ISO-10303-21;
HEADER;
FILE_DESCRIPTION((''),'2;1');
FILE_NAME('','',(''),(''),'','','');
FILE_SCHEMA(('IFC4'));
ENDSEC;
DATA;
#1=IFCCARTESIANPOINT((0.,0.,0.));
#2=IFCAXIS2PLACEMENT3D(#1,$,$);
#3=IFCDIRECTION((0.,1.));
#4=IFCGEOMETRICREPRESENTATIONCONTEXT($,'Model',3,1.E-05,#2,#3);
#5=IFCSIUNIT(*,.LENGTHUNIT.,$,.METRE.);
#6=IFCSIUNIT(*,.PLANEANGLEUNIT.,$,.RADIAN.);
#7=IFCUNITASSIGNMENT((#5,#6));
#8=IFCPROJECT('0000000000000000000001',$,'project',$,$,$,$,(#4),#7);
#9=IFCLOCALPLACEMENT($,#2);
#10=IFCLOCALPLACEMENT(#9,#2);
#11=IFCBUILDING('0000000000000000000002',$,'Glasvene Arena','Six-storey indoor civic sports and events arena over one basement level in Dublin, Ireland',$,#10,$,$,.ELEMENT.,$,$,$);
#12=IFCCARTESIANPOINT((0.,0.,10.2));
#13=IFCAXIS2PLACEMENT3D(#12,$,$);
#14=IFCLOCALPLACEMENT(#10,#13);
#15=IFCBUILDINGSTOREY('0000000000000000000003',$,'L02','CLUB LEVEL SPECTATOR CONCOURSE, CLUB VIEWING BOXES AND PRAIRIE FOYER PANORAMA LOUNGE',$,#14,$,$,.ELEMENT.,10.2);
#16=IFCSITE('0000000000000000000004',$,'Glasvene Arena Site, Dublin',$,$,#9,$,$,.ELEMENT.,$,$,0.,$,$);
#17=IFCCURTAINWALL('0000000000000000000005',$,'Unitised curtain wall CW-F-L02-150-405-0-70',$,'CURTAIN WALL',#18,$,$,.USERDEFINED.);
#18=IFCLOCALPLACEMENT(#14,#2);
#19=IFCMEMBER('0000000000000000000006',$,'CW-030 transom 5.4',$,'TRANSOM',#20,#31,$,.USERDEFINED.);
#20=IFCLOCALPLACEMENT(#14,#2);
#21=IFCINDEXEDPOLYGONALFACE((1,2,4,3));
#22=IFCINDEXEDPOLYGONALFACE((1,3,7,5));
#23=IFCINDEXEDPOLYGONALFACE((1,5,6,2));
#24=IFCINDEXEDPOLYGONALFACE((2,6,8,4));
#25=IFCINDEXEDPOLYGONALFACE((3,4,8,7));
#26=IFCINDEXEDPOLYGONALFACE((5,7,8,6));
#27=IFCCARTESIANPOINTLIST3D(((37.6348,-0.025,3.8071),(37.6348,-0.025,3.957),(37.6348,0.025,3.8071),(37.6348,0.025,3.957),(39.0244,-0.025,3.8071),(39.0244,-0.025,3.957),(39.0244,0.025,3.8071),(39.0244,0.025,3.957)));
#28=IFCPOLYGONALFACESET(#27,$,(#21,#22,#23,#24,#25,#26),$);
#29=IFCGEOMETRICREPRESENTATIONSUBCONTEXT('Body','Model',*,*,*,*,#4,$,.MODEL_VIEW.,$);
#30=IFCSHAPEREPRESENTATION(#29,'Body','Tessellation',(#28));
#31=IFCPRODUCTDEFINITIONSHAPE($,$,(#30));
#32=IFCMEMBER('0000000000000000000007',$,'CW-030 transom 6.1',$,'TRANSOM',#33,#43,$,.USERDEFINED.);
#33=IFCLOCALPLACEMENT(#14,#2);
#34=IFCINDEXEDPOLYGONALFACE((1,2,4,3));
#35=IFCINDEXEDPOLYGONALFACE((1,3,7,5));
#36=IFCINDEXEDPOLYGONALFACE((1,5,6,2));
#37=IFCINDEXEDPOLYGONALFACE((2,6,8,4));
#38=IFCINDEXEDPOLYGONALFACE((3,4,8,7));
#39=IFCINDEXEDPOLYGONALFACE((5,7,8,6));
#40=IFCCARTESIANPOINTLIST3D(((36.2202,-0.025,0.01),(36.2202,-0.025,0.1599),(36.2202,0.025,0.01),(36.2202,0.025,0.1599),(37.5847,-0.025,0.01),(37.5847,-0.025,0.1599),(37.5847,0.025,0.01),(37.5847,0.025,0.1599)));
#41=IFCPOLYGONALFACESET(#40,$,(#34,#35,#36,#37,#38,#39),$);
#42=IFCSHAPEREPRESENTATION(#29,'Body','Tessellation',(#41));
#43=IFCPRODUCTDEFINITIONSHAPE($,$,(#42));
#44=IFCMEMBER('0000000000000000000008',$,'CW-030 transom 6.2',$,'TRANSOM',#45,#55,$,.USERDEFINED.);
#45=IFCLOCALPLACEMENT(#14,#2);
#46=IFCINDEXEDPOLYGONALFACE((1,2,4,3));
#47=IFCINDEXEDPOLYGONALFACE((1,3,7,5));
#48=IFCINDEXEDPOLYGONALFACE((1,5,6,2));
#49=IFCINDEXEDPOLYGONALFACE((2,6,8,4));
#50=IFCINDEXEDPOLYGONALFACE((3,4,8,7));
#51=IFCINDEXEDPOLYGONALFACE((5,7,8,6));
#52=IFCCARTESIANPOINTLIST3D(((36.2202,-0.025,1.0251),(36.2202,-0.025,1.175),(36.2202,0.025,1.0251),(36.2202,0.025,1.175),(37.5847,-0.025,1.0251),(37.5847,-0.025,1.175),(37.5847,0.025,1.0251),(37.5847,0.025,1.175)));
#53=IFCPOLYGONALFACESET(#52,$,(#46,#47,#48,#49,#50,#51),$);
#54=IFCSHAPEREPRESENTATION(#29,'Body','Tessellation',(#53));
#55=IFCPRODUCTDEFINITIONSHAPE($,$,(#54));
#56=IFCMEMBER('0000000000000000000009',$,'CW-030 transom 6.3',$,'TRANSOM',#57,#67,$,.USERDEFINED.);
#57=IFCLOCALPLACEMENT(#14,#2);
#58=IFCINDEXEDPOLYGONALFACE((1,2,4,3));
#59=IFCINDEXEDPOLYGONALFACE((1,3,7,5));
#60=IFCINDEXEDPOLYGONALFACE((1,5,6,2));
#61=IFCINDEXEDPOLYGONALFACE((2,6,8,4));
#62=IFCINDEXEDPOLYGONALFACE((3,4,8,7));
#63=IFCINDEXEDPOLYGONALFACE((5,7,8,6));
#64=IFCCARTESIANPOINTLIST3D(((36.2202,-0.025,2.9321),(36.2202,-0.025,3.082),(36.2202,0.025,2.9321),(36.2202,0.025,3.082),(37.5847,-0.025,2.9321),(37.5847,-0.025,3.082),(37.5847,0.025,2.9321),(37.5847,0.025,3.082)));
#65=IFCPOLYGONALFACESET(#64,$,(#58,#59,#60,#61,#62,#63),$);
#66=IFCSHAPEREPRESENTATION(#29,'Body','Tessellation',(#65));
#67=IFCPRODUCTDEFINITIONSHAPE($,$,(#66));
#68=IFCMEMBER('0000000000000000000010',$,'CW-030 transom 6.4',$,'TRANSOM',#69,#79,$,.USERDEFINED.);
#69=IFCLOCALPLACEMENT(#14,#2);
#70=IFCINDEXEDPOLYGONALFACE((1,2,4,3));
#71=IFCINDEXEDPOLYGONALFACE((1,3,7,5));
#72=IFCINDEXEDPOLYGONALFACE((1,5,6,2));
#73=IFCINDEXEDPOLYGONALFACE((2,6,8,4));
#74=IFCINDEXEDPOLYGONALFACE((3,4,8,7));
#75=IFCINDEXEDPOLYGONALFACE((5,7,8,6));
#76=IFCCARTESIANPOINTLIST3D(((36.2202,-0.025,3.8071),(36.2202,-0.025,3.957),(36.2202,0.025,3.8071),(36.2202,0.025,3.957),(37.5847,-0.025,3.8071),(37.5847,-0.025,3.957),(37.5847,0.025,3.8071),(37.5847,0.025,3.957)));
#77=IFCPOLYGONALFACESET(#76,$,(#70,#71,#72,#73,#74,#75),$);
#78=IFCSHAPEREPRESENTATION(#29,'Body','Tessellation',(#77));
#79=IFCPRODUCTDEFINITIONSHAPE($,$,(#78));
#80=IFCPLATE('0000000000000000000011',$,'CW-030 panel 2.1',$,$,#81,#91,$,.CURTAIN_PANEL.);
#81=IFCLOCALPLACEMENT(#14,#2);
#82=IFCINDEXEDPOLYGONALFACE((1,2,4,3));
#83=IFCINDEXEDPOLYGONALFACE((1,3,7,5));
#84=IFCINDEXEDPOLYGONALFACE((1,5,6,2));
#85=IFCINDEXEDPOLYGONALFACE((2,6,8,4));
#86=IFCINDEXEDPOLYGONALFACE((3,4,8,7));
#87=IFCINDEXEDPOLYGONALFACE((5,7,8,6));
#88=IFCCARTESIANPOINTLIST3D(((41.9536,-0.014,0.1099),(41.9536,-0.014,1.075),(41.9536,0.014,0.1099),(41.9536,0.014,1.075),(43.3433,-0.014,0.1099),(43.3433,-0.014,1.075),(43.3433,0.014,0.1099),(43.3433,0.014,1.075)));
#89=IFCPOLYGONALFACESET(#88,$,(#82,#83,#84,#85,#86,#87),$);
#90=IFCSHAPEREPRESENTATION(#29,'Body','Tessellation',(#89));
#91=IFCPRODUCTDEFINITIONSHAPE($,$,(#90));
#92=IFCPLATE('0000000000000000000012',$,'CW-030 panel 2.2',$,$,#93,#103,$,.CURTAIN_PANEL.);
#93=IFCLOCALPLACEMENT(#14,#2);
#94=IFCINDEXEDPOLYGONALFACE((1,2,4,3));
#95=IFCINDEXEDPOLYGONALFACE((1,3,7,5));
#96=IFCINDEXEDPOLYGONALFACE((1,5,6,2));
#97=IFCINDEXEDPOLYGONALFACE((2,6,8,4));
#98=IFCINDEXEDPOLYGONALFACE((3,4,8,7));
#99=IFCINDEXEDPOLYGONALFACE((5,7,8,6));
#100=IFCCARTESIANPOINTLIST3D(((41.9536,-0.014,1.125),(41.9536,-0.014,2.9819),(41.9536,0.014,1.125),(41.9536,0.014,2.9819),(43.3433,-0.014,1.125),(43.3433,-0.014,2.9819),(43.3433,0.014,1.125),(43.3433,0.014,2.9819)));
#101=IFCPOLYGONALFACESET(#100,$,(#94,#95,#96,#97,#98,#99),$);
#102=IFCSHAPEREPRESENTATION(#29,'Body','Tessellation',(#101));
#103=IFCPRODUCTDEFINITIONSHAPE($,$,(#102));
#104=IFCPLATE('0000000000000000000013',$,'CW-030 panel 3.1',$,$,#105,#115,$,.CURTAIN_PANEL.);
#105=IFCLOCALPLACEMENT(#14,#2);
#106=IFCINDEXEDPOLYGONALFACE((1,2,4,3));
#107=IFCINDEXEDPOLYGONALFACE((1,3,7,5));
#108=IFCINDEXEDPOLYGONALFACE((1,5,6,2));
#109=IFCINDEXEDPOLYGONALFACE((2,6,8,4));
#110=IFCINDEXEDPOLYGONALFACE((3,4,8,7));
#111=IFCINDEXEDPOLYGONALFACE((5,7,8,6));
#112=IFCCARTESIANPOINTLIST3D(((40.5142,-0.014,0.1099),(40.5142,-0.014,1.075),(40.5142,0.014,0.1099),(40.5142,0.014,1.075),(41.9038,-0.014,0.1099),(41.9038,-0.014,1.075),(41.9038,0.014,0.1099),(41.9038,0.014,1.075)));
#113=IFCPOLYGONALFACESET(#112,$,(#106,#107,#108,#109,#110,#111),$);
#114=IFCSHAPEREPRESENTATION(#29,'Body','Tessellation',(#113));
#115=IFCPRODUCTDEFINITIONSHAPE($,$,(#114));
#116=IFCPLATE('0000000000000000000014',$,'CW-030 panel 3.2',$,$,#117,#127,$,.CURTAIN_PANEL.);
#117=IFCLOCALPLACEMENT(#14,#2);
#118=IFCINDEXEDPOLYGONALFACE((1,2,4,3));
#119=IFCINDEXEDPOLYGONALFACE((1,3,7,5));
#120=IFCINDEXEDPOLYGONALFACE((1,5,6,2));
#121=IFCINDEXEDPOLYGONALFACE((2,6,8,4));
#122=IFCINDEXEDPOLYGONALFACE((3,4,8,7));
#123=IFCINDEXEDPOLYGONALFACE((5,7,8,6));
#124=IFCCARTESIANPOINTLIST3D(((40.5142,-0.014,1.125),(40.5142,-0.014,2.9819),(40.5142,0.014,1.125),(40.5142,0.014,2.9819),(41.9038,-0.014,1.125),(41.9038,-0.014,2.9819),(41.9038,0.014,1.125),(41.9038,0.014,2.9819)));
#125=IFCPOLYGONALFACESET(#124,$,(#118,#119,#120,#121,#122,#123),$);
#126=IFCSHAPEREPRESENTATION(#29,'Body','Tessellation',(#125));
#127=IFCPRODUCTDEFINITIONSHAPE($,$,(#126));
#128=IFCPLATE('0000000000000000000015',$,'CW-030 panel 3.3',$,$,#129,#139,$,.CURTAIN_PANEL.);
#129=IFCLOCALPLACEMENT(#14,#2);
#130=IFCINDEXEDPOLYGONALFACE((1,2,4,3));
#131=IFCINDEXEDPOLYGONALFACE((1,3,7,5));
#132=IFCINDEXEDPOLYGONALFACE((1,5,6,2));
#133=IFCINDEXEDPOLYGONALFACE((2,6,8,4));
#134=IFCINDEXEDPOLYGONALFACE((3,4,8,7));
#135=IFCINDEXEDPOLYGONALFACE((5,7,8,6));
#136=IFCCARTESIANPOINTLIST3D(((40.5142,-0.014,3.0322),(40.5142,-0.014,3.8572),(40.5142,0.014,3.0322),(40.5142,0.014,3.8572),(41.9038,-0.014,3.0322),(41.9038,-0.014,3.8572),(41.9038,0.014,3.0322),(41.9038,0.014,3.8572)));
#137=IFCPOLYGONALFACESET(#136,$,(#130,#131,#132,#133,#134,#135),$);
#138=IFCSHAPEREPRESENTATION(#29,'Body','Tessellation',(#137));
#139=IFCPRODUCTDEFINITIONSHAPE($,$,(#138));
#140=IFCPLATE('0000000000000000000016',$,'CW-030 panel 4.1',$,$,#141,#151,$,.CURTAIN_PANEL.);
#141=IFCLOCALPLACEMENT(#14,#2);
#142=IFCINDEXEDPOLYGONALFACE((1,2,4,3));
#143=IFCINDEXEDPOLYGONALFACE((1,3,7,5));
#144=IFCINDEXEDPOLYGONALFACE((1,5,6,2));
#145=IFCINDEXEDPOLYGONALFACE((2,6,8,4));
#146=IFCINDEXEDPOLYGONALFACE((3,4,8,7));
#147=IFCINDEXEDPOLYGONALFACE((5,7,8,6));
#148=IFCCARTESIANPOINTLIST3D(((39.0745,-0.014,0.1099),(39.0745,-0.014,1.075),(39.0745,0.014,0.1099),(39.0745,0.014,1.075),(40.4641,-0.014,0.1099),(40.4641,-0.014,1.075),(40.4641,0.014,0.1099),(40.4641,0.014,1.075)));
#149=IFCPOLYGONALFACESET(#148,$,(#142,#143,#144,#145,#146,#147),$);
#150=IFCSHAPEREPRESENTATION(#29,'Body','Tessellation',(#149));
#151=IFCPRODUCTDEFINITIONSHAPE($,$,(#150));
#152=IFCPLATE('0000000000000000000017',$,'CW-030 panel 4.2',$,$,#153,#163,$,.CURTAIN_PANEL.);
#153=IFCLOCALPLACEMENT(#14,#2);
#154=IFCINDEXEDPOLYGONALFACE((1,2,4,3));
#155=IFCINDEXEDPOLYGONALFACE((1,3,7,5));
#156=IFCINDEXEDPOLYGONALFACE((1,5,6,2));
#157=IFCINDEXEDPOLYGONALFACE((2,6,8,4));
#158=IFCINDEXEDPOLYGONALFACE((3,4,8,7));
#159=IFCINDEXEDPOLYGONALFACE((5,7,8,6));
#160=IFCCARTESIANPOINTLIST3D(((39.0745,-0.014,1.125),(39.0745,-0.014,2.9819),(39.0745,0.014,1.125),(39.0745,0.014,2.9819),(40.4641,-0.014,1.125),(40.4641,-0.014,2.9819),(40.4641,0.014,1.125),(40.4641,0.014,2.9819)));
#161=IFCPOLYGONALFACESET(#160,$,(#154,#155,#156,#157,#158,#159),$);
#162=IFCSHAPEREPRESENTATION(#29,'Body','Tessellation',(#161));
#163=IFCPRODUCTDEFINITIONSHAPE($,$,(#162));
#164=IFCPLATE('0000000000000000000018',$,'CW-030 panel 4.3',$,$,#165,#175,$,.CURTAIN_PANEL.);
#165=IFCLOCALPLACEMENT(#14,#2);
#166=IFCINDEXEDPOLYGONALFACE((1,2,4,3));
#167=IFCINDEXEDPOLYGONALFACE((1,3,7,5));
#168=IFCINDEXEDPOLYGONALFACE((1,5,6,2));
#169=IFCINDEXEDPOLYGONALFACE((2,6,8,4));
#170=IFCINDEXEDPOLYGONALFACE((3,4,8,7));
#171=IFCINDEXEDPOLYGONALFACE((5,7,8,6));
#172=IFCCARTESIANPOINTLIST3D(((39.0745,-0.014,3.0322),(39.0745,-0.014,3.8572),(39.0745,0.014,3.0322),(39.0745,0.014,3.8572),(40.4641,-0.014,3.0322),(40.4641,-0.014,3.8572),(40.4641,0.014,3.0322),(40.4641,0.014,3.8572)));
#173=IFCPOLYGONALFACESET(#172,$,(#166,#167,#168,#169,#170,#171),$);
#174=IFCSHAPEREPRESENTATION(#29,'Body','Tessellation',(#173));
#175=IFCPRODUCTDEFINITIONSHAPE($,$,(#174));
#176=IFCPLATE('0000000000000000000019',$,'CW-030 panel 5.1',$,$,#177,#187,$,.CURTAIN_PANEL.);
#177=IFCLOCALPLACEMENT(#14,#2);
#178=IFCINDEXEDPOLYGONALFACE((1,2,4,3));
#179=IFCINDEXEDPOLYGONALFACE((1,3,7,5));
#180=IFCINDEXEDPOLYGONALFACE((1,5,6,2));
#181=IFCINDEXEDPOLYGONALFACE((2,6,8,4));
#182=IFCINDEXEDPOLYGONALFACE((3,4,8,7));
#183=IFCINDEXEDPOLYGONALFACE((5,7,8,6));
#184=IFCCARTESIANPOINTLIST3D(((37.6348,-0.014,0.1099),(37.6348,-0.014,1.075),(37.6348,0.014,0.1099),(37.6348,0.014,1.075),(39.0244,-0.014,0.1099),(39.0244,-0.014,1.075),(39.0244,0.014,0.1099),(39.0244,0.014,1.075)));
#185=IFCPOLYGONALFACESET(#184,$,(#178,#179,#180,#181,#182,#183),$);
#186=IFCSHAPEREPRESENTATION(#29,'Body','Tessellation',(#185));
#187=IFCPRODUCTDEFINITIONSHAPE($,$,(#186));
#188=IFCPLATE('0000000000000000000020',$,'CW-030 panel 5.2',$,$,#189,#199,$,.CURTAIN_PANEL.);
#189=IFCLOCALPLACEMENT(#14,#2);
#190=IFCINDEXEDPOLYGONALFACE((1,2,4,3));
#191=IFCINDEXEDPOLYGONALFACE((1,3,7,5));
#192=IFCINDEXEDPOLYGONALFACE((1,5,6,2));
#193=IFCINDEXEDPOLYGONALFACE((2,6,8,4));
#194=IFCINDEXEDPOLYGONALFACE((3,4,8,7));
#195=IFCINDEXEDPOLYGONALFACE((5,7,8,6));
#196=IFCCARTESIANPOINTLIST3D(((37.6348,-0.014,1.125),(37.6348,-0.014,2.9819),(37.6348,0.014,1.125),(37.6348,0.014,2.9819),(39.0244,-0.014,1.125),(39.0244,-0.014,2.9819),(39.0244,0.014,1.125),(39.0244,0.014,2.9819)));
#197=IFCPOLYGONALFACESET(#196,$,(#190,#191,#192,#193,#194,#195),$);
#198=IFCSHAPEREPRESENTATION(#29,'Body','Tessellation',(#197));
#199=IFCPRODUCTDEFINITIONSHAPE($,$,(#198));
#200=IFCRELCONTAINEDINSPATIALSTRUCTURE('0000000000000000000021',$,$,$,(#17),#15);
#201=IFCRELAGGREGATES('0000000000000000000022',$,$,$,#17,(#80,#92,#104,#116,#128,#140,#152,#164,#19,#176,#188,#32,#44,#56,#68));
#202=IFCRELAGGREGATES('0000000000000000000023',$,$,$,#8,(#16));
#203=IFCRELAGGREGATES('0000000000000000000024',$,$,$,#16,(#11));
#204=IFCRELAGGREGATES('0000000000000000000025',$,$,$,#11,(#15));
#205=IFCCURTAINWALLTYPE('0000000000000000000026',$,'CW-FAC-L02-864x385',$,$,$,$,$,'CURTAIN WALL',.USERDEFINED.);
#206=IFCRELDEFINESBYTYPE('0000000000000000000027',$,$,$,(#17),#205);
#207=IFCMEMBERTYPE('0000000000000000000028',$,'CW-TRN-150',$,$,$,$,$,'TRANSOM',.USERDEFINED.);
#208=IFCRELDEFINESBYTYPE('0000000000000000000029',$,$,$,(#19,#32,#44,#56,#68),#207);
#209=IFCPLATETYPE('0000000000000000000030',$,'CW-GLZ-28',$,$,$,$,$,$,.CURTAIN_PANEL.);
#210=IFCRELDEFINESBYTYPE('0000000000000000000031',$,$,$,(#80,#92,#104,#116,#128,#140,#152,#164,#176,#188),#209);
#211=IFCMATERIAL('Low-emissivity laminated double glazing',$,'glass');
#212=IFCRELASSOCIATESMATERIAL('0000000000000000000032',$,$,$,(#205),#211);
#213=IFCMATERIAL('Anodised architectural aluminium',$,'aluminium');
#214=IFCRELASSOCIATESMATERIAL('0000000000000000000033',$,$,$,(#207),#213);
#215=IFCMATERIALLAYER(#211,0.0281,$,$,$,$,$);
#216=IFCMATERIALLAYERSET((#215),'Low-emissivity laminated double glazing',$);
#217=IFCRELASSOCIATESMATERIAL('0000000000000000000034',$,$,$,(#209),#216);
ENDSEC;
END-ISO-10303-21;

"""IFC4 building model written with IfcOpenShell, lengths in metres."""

from ifc_helpers import new_model, si_unit, direction, frame, origin, origin_2d, place, context, subcontext, project, spatial, rectangle, extrude, material, layer, layer_set, material_profile, profile_set, type_object, element, aggregate, save


model = new_model("IFC4")

# Units and contexts
model_context = context("Model", 3, precision=1e-05, world=origin(), true_north=direction((0.0, 1.0)))
body_context = subcontext(model_context, "Body", "Model", "MODEL_VIEW")
ifc_project = project(units=[si_unit("LENGTHUNIT", "METRE"), si_unit("PLANEANGLEUNIT", "RADIAN")], contexts=[model_context])

# Site, building, storey
site_placement = place(None, origin())
site = spatial("IfcSite", under=ifc_project, at=site_placement, Name="Glasvene Arena Site, Dublin", CompositionType="ELEMENT", RefElevation=0.0)
building_placement = place(site_placement, origin())
building = spatial("IfcBuilding", under=site, at=building_placement, Name="Glasvene Arena", Description="Six-storey indoor civic sports and events arena over one basement level in Dublin, Ireland", CompositionType="ELEMENT")
storey_placement = place(building_placement, frame((0.0, 0.0, 10.2)))
storey = spatial("IfcBuildingStorey", under=building, at=storey_placement, Name="L02", Description="CLUB LEVEL SPECTATOR CONCOURSE, CLUB VIEWING BOXES AND PRAIRIE FOYER PANORAMA LOUNGE", CompositionType="ELEMENT", Elevation=10.2)

# Curtain wall, members, plates
ifc_material_1 = material(Name="Low-emissivity laminated double glazing", Category="glass")
curtain_wall_type = type_object("IfcCurtainWallType", Name="CW-FAC-L02-864x385", ElementType="CURTAIN WALL", PredefinedType="USERDEFINED", material=ifc_material_1)
curtain_wall_placement = place(storey_placement, frame((44.8081, 0.0, 0.0)))
curtain_wall = element("IfcCurtainWall", 1, at=curtain_wall_placement, inside=storey, type_object=curtain_wall_type, Name="Unitised curtain wall CW-F-L02-150-405-0-70", ObjectType="CURTAIN WALL", PredefinedType="USERDEFINED")
ifc_material_2 = material(Name="Anodised architectural aluminium", Category="aluminium")
ifc_material_profile_1 = material_profile(ifc_material_2, rectangle(XDim=0.05, YDim=0.1499, at=origin_2d()), Name="ALU TRANSOM 50x150")
ifc_profile_set_1 = profile_set([ifc_material_profile_1], Name="Anodised architectural aluminium")
member_type_1 = type_object("IfcMemberType", Name="CW-TRN-150", ElementType="TRANSOM", PredefinedType="USERDEFINED", material=ifc_profile_set_1)
member_1_placement = place(storey_placement, frame((39.0244, 0.0, 3.8821), z_axis=(-1.0, 0.0, 0.0), x_axis=(0.0, -1.0, 0.0)))
member_1 = element("IfcMember", 2, at=member_1_placement, type_object=member_type_1, Name="CW-030 transom 5.4", ObjectType="TRANSOM", PredefinedType="USERDEFINED", context=body_context, shape_type="SweptSolid", body=[
    extrude(rectangle(XDim=0.05, YDim=0.1499, at=origin_2d()), origin(), (0.0, 0.0, 1.0), 1.3896),
])
member_2_placement = place(storey_placement, frame((37.5847, 0.0, 0.085), z_axis=(-1.0, 0.0, 0.0), x_axis=(0.0, -1.0, 0.0)))
member_2 = element("IfcMember", 3, at=member_2_placement, type_object=member_type_1, Name="CW-030 transom 6.1", ObjectType="TRANSOM", PredefinedType="USERDEFINED", context=body_context, shape_type="SweptSolid", body=[
    extrude(rectangle(XDim=0.05, YDim=0.1499, at=origin_2d()), origin(), (0.0, 0.0, 1.0), 1.3645),
])
member_3_placement = place(storey_placement, frame((37.5847, 0.0, 1.1001), z_axis=(-1.0, 0.0, 0.0), x_axis=(0.0, -1.0, 0.0)))
member_3 = element("IfcMember", 4, at=member_3_placement, type_object=member_type_1, Name="CW-030 transom 6.2", ObjectType="TRANSOM", PredefinedType="USERDEFINED", context=body_context, shape_type="SweptSolid", body=[
    extrude(rectangle(XDim=0.05, YDim=0.1499, at=origin_2d()), origin(), (0.0, 0.0, 1.0), 1.3645),
])
member_4_placement = place(storey_placement, frame((37.5847, 0.0, 3.0071), z_axis=(-1.0, 0.0, 0.0), x_axis=(0.0, -1.0, 0.0)))
member_4 = element("IfcMember", 5, at=member_4_placement, type_object=member_type_1, Name="CW-030 transom 6.3", ObjectType="TRANSOM", PredefinedType="USERDEFINED", context=body_context, shape_type="SweptSolid", body=[
    extrude(rectangle(XDim=0.05, YDim=0.1499, at=origin_2d()), origin(), (0.0, 0.0, 1.0), 1.3645),
])
member_5_placement = place(storey_placement, frame((37.5847, 0.0, 3.8821), z_axis=(-1.0, 0.0, 0.0), x_axis=(0.0, -1.0, 0.0)))
member_5 = element("IfcMember", 6, at=member_5_placement, type_object=member_type_1, Name="CW-030 transom 6.4", ObjectType="TRANSOM", PredefinedType="USERDEFINED", context=body_context, shape_type="SweptSolid", body=[
    extrude(rectangle(XDim=0.05, YDim=0.1499, at=origin_2d()), origin(), (0.0, 0.0, 1.0), 1.3645),
])
ifc_layer = layer(ifc_material_1, 0.0281)
ifc_layer_set = layer_set([ifc_layer], Name="Low-emissivity laminated double glazing")
plate_type = type_object("IfcPlateType", Name="CW-GLZ-28", PredefinedType="CURTAIN_PANEL", material=ifc_layer_set)
plate_1_placement = place(storey_placement, frame((42.6484, 0.0, 0.1099), z_axis=(0.0, 0.0, 1.0), x_axis=(-1.0, 0.0, 0.0)))
plate_1 = element("IfcPlate", 7, at=plate_1_placement, type_object=plate_type, Name="CW-030 panel 2.1", PredefinedType="CURTAIN_PANEL", context=body_context, shape_type="SweptSolid", body=[
    extrude(rectangle(XDim=1.3896, YDim=0.0281, at=origin_2d()), origin(), (0.0, 0.0, 1.0), 0.9651),
])
plate_2_placement = place(storey_placement, frame((42.6484, 0.0, 1.125), z_axis=(0.0, 0.0, 1.0), x_axis=(-1.0, 0.0, 0.0)))
plate_2 = element("IfcPlate", 8, at=plate_2_placement, type_object=plate_type, Name="CW-030 panel 2.2", PredefinedType="CURTAIN_PANEL", context=body_context, shape_type="SweptSolid", body=[
    extrude(rectangle(XDim=1.3896, YDim=0.0281, at=origin_2d()), origin(), (0.0, 0.0, 1.0), 1.8569),
])
plate_3_placement = place(storey_placement, frame((41.209, 0.0, 0.1099), z_axis=(0.0, 0.0, 1.0), x_axis=(-1.0, 0.0, 0.0)))
plate_3 = element("IfcPlate", 9, at=plate_3_placement, type_object=plate_type, Name="CW-030 panel 3.1", PredefinedType="CURTAIN_PANEL", context=body_context, shape_type="SweptSolid", body=[
    extrude(rectangle(XDim=1.3896, YDim=0.0281, at=origin_2d()), origin(), (0.0, 0.0, 1.0), 0.9651),
])
plate_4_placement = place(storey_placement, frame((41.209, 0.0, 1.125), z_axis=(0.0, 0.0, 1.0), x_axis=(-1.0, 0.0, 0.0)))
plate_4 = element("IfcPlate", 10, at=plate_4_placement, type_object=plate_type, Name="CW-030 panel 3.2", PredefinedType="CURTAIN_PANEL", context=body_context, shape_type="SweptSolid", body=[
    extrude(rectangle(XDim=1.3896, YDim=0.0281, at=origin_2d()), origin(), (0.0, 0.0, 1.0), 1.8569),
])
plate_5_placement = place(storey_placement, frame((41.209, 0.0, 3.0322), z_axis=(0.0, 0.0, 1.0), x_axis=(-1.0, 0.0, 0.0)))
plate_5 = element("IfcPlate", 11, at=plate_5_placement, type_object=plate_type, Name="CW-030 panel 3.3", PredefinedType="CURTAIN_PANEL", context=body_context, shape_type="SweptSolid", body=[
    extrude(rectangle(XDim=1.3896, YDim=0.0281, at=origin_2d()), origin(), (0.0, 0.0, 1.0), 0.825),
])
plate_6_placement = place(storey_placement, frame((39.7693, 0.0, 0.1099), z_axis=(0.0, 0.0, 1.0), x_axis=(-1.0, 0.0, 0.0)))
plate_6 = element("IfcPlate", 12, at=plate_6_placement, type_object=plate_type, Name="CW-030 panel 4.1", PredefinedType="CURTAIN_PANEL", context=body_context, shape_type="SweptSolid", body=[
    extrude(rectangle(XDim=1.3896, YDim=0.0281, at=origin_2d()), origin(), (0.0, 0.0, 1.0), 0.9651),
])
plate_7_placement = place(storey_placement, frame((39.7693, 0.0, 1.125), z_axis=(0.0, 0.0, 1.0), x_axis=(-1.0, 0.0, 0.0)))
plate_7 = element("IfcPlate", 13, at=plate_7_placement, type_object=plate_type, Name="CW-030 panel 4.2", PredefinedType="CURTAIN_PANEL", context=body_context, shape_type="SweptSolid", body=[
    extrude(rectangle(XDim=1.3896, YDim=0.0281, at=origin_2d()), origin(), (0.0, 0.0, 1.0), 1.8569),
])
plate_8_placement = place(storey_placement, frame((39.7693, 0.0, 3.0322), z_axis=(0.0, 0.0, 1.0), x_axis=(-1.0, 0.0, 0.0)))
plate_8 = element("IfcPlate", 14, at=plate_8_placement, type_object=plate_type, Name="CW-030 panel 4.3", PredefinedType="CURTAIN_PANEL", context=body_context, shape_type="SweptSolid", body=[
    extrude(rectangle(XDim=1.3896, YDim=0.0281, at=origin_2d()), origin(), (0.0, 0.0, 1.0), 0.825),
])
plate_9_placement = place(storey_placement, frame((38.3296, 0.0, 0.1099), z_axis=(0.0, 0.0, 1.0), x_axis=(-1.0, 0.0, 0.0)))
plate_9 = element("IfcPlate", 15, at=plate_9_placement, type_object=plate_type, Name="CW-030 panel 5.1", PredefinedType="CURTAIN_PANEL", context=body_context, shape_type="SweptSolid", body=[
    extrude(rectangle(XDim=1.3896, YDim=0.0281, at=origin_2d()), origin(), (0.0, 0.0, 1.0), 0.9651),
])
plate_10_placement = place(storey_placement, frame((38.3296, 0.0, 1.125), z_axis=(0.0, 0.0, 1.0), x_axis=(-1.0, 0.0, 0.0)))
plate_10 = element("IfcPlate", 16, at=plate_10_placement, type_object=plate_type, Name="CW-030 panel 5.2", PredefinedType="CURTAIN_PANEL", context=body_context, shape_type="SweptSolid", body=[
    extrude(rectangle(XDim=1.3896, YDim=0.0281, at=origin_2d()), origin(), (0.0, 0.0, 1.0), 1.8569),
])
aggregate(curtain_wall, [plate_1, plate_2, plate_3, plate_4, plate_5, plate_6, plate_7, plate_8, member_1, plate_9, plate_10, member_2, member_3, member_4, member_5])

save(model, "model.ifc")
